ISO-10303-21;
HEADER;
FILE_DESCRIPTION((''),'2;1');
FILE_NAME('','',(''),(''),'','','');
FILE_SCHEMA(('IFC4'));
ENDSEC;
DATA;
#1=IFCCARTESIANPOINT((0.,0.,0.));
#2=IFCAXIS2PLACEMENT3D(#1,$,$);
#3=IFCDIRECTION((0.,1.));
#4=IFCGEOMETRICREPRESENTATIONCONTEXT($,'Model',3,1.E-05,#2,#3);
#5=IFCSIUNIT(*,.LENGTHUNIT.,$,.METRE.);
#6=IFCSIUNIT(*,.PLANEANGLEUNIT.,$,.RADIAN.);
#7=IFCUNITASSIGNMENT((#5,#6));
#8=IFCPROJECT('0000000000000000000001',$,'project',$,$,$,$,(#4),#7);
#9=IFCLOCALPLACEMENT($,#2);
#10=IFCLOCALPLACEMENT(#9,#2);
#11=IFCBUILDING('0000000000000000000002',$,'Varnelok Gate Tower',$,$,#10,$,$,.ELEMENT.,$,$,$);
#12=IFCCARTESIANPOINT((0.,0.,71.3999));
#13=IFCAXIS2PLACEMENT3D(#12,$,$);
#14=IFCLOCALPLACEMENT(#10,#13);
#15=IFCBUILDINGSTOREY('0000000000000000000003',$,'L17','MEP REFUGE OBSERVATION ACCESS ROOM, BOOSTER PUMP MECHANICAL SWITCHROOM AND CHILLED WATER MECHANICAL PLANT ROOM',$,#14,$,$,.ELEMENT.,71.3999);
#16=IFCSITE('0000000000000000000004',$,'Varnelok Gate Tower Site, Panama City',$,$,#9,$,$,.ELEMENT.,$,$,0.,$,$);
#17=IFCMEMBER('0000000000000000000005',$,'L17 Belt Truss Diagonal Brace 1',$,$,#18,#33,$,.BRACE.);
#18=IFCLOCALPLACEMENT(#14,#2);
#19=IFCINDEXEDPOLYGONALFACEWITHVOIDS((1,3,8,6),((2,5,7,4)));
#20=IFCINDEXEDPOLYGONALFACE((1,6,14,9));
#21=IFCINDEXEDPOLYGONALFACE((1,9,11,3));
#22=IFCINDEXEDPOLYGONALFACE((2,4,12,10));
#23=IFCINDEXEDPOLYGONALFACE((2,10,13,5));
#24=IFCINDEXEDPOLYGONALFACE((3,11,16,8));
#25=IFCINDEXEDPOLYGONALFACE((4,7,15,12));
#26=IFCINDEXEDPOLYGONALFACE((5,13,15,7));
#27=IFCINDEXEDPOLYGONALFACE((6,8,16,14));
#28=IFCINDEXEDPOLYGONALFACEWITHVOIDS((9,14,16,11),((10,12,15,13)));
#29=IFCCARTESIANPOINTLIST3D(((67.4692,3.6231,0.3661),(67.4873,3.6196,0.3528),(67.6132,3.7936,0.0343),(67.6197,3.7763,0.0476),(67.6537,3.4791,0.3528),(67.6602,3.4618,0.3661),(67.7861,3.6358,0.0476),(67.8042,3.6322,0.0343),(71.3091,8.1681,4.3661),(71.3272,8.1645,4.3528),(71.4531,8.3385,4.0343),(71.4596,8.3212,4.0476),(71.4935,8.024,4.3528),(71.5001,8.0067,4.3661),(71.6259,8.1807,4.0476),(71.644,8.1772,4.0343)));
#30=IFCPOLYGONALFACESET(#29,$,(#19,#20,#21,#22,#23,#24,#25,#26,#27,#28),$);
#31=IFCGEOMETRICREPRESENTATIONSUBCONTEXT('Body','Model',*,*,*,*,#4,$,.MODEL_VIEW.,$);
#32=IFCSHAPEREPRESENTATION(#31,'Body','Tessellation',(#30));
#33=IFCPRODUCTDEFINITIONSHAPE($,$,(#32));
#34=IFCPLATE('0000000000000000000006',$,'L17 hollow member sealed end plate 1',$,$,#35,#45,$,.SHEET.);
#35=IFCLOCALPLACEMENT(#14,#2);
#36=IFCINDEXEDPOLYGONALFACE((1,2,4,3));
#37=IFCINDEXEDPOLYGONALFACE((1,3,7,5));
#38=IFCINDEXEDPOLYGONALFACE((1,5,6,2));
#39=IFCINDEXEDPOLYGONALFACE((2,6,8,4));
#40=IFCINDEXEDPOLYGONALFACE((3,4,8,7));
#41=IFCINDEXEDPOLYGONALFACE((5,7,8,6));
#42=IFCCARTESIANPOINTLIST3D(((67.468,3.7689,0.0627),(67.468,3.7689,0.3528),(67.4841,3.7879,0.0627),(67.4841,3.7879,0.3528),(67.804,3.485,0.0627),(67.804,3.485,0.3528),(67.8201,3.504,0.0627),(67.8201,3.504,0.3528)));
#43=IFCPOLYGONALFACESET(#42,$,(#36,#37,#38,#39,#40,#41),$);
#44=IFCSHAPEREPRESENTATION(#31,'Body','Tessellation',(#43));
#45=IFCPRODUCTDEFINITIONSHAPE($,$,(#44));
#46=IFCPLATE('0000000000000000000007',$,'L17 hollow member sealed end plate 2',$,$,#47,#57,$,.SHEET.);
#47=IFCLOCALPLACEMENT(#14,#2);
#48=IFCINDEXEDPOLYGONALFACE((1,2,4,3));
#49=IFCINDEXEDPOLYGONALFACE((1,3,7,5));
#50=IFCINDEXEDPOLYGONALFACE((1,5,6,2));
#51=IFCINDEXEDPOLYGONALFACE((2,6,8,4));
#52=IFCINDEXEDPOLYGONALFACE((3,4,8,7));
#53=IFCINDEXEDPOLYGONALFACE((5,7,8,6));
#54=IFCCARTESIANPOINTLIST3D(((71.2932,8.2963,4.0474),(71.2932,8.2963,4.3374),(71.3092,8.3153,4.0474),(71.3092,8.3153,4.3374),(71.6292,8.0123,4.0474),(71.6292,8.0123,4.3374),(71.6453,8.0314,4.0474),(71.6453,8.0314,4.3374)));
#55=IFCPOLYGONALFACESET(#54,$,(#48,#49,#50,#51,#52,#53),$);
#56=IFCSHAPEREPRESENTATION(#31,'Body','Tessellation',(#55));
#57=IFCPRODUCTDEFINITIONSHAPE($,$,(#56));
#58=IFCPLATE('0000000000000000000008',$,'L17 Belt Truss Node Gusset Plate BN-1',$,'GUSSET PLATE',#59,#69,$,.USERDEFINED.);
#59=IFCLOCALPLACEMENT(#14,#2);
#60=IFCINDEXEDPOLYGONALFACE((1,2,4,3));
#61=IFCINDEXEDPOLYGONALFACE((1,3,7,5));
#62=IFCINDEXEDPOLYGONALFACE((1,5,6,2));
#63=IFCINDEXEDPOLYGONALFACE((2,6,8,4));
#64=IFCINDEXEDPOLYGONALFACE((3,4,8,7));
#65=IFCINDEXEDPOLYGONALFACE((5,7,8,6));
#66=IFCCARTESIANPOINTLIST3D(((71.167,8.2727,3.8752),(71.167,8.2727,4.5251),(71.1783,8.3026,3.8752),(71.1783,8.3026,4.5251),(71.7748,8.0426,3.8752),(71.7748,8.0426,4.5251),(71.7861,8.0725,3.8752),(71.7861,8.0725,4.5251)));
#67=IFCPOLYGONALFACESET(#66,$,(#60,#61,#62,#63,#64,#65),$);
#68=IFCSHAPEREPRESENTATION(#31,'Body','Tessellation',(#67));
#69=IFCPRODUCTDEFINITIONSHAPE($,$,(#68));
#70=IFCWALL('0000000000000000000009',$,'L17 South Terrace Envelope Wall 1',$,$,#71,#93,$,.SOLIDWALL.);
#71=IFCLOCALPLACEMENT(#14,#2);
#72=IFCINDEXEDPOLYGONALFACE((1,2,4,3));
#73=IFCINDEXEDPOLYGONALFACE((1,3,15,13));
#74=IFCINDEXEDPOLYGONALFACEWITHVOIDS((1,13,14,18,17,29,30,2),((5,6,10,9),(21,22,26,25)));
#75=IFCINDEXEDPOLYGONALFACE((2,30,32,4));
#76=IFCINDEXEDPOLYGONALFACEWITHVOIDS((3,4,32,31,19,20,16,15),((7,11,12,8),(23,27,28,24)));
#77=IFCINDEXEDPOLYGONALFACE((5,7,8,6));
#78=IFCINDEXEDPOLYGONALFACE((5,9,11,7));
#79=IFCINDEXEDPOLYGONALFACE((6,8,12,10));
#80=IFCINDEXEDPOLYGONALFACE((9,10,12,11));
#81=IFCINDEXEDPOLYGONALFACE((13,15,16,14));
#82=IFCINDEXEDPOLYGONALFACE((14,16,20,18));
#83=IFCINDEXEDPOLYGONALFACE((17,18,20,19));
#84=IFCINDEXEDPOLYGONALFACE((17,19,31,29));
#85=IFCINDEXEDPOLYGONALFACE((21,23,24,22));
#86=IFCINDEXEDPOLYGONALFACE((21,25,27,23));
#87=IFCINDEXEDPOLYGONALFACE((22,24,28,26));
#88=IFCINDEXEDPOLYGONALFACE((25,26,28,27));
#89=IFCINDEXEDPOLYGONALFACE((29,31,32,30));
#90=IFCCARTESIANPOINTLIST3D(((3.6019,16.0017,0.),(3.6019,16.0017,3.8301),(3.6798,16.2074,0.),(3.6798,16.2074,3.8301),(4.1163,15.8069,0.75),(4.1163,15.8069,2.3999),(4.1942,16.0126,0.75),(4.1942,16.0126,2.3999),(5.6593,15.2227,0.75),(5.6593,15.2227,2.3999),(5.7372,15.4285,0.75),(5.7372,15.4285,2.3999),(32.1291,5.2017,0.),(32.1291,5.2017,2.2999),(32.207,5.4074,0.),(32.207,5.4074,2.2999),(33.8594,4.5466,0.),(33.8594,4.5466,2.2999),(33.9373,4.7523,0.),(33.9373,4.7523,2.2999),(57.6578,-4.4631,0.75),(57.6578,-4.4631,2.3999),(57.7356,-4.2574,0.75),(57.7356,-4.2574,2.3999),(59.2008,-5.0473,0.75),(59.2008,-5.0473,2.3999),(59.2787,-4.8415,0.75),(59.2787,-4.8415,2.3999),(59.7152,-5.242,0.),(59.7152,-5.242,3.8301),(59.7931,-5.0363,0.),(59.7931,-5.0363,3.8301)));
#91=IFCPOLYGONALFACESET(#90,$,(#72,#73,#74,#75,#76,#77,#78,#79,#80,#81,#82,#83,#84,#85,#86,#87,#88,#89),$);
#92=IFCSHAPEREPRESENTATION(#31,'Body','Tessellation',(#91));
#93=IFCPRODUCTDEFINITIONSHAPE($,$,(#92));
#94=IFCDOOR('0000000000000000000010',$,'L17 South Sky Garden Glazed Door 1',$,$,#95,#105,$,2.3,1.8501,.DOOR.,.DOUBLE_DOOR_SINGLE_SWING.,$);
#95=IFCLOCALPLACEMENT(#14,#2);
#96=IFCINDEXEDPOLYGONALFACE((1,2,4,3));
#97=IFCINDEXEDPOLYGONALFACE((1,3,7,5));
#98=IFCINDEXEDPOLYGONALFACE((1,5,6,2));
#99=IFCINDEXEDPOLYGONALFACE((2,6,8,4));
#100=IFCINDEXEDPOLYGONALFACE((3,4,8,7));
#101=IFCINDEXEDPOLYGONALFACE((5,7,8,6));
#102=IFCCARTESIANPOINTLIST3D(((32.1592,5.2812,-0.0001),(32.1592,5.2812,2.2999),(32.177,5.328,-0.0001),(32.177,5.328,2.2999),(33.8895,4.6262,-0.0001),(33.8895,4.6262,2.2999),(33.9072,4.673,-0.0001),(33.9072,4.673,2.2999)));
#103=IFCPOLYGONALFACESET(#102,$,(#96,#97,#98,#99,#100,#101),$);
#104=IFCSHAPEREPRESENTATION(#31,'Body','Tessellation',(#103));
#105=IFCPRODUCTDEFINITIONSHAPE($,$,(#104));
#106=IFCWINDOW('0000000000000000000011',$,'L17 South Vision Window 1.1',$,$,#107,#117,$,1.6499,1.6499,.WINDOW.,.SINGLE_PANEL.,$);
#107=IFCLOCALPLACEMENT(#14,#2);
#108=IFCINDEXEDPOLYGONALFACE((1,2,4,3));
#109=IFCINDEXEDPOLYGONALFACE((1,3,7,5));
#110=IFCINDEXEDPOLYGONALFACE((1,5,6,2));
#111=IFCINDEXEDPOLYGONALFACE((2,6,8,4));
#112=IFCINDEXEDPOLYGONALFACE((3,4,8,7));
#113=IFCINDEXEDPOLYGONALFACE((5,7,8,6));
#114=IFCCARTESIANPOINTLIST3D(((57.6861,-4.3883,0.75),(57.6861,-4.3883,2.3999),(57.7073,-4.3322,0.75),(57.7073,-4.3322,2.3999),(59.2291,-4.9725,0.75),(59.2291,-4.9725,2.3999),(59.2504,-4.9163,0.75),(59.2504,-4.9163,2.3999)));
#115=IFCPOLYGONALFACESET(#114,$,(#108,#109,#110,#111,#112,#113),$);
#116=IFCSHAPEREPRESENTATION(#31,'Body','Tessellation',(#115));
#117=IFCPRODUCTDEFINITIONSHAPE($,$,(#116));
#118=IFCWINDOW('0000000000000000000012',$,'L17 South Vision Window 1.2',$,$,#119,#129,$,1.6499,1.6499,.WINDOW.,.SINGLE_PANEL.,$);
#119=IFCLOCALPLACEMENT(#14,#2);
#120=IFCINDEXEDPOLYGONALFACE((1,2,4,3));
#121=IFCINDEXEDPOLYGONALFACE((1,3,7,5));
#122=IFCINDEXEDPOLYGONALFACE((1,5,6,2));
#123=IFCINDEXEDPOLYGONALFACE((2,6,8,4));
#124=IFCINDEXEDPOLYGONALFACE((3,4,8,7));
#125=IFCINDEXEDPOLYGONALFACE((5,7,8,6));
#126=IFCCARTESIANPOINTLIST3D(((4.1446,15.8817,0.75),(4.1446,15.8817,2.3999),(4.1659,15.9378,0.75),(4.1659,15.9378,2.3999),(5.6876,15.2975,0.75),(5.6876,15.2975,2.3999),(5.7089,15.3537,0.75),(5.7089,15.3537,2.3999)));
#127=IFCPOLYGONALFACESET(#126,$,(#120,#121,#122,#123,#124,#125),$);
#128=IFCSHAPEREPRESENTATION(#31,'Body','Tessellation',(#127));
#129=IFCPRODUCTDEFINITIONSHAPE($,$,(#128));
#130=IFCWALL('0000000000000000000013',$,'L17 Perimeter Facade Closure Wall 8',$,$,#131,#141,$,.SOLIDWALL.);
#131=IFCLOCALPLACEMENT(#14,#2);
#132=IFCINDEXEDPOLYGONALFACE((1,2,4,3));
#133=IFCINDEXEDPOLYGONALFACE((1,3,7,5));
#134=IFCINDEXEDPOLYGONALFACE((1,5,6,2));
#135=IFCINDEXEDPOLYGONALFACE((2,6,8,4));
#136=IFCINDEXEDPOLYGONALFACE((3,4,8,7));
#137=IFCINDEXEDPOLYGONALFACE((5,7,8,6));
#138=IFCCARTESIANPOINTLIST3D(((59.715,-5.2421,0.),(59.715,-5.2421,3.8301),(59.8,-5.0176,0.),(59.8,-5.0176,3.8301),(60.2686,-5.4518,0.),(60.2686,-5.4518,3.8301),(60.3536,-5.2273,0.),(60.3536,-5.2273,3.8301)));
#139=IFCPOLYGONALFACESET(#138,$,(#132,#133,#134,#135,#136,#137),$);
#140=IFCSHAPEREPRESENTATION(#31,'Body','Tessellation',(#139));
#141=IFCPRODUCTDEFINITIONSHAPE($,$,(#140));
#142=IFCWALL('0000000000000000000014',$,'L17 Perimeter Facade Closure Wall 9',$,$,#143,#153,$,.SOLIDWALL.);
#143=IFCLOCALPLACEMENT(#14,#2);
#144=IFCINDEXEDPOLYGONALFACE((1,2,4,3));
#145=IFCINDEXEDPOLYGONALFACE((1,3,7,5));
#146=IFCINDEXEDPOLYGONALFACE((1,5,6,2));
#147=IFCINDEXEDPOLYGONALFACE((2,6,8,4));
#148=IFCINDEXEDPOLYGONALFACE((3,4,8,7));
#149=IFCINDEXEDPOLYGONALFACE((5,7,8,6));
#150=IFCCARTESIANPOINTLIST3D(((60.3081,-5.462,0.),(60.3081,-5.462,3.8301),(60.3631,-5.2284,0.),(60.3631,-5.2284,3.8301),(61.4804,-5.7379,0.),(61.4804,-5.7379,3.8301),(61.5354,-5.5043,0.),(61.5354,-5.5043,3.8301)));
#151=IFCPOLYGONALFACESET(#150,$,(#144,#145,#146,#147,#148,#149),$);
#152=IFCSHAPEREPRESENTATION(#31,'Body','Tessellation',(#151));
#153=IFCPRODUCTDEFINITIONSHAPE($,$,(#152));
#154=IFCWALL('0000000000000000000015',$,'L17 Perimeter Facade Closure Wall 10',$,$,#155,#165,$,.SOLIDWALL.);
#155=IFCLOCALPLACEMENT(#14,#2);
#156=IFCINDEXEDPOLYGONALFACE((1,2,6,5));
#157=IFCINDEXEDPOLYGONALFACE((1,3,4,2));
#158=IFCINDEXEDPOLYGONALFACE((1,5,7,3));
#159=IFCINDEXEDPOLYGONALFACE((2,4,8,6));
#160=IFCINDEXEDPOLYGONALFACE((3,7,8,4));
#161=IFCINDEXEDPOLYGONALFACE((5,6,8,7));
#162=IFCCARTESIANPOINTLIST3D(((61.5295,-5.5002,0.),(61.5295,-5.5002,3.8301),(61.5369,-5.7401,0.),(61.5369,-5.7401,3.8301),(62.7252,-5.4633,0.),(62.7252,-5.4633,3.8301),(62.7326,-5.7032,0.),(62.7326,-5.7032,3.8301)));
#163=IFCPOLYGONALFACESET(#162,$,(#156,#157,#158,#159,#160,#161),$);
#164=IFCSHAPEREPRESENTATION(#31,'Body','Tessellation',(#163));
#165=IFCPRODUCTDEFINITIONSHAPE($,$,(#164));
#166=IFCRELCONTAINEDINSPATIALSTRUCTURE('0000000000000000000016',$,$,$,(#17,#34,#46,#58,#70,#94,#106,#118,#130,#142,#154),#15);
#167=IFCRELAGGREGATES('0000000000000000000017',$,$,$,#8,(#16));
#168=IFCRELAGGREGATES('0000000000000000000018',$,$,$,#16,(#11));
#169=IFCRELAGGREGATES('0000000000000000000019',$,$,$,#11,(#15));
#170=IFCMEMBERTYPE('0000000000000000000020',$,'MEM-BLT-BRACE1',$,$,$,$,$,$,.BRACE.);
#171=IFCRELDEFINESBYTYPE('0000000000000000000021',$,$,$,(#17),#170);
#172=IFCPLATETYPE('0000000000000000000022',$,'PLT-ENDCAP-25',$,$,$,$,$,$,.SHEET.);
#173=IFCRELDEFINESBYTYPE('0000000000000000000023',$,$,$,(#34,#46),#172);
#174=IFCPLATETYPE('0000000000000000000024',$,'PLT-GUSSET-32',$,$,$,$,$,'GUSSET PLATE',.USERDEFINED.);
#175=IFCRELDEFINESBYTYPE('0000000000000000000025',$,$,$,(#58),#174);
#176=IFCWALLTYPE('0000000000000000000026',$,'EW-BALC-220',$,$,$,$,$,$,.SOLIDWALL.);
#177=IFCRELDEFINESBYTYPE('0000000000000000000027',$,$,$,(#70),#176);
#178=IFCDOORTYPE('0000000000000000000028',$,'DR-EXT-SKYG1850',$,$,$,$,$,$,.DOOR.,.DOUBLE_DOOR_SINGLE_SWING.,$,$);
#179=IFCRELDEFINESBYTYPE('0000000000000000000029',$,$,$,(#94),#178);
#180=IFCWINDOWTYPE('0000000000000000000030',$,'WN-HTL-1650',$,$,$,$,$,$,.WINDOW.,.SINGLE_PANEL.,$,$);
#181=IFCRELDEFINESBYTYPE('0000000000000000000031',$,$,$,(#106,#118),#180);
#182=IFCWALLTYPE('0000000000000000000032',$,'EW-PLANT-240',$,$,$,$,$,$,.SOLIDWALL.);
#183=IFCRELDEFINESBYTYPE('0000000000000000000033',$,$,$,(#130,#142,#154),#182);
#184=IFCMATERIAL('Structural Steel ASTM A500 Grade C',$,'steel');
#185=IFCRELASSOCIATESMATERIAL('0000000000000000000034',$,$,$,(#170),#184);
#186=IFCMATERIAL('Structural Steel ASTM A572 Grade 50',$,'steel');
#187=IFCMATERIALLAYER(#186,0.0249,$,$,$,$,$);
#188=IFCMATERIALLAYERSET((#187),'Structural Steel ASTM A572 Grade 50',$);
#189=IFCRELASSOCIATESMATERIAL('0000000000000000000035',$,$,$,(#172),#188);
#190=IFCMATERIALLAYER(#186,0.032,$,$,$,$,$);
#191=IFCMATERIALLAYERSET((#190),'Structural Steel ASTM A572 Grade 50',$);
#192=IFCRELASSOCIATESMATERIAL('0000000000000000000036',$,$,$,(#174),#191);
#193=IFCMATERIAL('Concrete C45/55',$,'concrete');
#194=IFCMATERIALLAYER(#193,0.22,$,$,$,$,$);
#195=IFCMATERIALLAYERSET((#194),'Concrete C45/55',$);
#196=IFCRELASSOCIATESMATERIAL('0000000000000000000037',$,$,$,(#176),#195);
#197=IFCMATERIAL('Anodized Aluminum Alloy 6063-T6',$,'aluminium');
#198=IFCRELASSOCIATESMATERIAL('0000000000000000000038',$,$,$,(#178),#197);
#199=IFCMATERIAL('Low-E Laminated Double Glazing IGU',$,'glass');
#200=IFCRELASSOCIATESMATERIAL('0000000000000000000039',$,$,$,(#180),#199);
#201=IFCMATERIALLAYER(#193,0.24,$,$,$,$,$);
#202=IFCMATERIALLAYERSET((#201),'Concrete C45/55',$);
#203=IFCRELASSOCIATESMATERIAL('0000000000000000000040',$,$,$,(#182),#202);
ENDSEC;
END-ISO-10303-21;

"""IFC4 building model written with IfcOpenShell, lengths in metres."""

from ifc_helpers import new_model, si_unit, direction, frame, frame_2d, origin, origin_2d, place, context, subcontext, project, spatial, rectangle, hollow_rectangle, extrude, source, transform, mapped, material, layer, layer_set, material_profile, profile_set, type_object, element, fill, save


model = new_model("IFC4")

# Units and contexts
model_context = context("Model", 3, precision=1e-05, world=origin(), true_north=direction((0.0, 1.0)))
body_context = subcontext(model_context, "Body", "Model", "MODEL_VIEW")
ifc_project = project(units=[si_unit("LENGTHUNIT", "METRE"), si_unit("PLANEANGLEUNIT", "RADIAN")], contexts=[model_context])

# Site, building, storey
site_placement = place(None, origin())
site = spatial("IfcSite", under=ifc_project, at=site_placement, Name="Varnelok Gate Tower Site, Panama City", CompositionType="ELEMENT", RefElevation=0.0)
building_placement = place(site_placement, origin())
building = spatial("IfcBuilding", under=site, at=building_placement, Name="Varnelok Gate Tower", CompositionType="ELEMENT")
storey_placement = place(building_placement, frame((0.0, 0.0, 71.3999)))
storey = spatial("IfcBuildingStorey", under=building, at=storey_placement, Name="L17", Description="MEP REFUGE OBSERVATION ACCESS ROOM, BOOSTER PUMP MECHANICAL SWITCHROOM AND CHILLED WATER MECHANICAL PLANT ROOM", CompositionType="ELEMENT", Elevation=71.3999)

# Shared definitions
ifc_material_1 = material(Name="Structural Steel ASTM A572 Grade 50", Category="steel")

# Member
ifc_material_2 = material(Name="Structural Steel ASTM A500 Grade C", Category="steel")
ifc_material_profile_1 = material_profile(ifc_material_2, hollow_rectangle(XDim=0.25, YDim=0.3999, WallThickness=0.0161, at=origin_2d()), Name="HSS400X250X16")
ifc_profile_set_1 = profile_set([ifc_material_profile_1], Name="Structural Steel ASTM A500 Grade C")
member_type = type_object("IfcMemberType", Name="MEM-BLT-BRACE1", PredefinedType="BRACE", material=ifc_profile_set_1)
member_placement = place(storey_placement, frame((67.6367, 3.6277, 0.2002), z_axis=(0.535586, 0.633931, 0.557924), x_axis=(-0.763872, 0.645368, 0.0)))
element("IfcMember", 1, at=member_placement, inside=storey, type_object=member_type, Name="L17 Belt Truss Diagonal Brace 1", PredefinedType="BRACE", context=body_context, shape_type="SweptSolid", body=[
    extrude(hollow_rectangle(XDim=0.25, YDim=0.3999, WallThickness=0.0161, at=origin_2d()), origin(), (0.0, 0.0, 1.0), 7.1694),
])

# Plates
ifc_layer_1 = layer(ifc_material_1, 0.0249)
ifc_layer_set_1 = layer_set([ifc_layer_1], Name="Structural Steel ASTM A572 Grade 50")
plate_type_1 = type_object("IfcPlateType", Name="PLT-ENDCAP-25", PredefinedType="SHEET", material=ifc_layer_set_1)
shared_shape_1 = source(origin(), body_context, "Body", "SweptSolid", [
    extrude(rectangle(XDim=0.0249, YDim=0.4399, at=origin_2d()), origin(), (0.0, 0.0, 1.0), 0.29),
])
for number, where, z_axis, x_axis, name in (
    (2, (67.644, 3.6365, 0.0627), (0.0, 0.0, 1.0), (0.645378, 0.763864, 0.0), "L17 hollow member sealed end plate 1"),
    (3, (71.4692, 8.1638, 4.0474), (0.0, 0.0, 1.0), (0.645378, 0.763864, 0.0), "L17 hollow member sealed end plate 2"),
):
    element("IfcPlate", number, at=place(storey_placement, frame(where, z_axis=z_axis, x_axis=x_axis)), inside=storey, type_object=plate_type_1, Name=name, PredefinedType="SHEET", context=body_context, shape_type="MappedRepresentation", body=[
        mapped(shared_shape_1, transform((0.0, 0.0, 0.0), scale=1.0)),
    ])
ifc_layer_2 = layer(ifc_material_1, 0.032)
ifc_layer_set_2 = layer_set([ifc_layer_2], Name="Structural Steel ASTM A572 Grade 50")
plate_type_2 = type_object("IfcPlateType", Name="PLT-GUSSET-32", ElementType="GUSSET PLATE", PredefinedType="USERDEFINED", material=ifc_layer_set_2)
shared_shape_2 = source(origin(), body_context, "Body", "SweptSolid", [
    extrude(rectangle(XDim=0.6499, YDim=0.032, at=origin_2d()), origin(), (0.0, 0.0, 1.0), 0.6499),
])
plate_placement = place(storey_placement, frame((71.4766, 8.1726, 3.8752), z_axis=(0.0, 0.0, 1.0), x_axis=(0.935222, -0.354063, 0.0)))
element("IfcPlate", 4, at=plate_placement, inside=storey, type_object=plate_type_2, Name="L17 Belt Truss Node Gusset Plate BN-1", ObjectType="GUSSET PLATE", PredefinedType="USERDEFINED", context=body_context, shape_type="MappedRepresentation", body=[
    mapped(shared_shape_2, transform((0.0, 0.0, 0.0), scale=1.0)),
])

# Wall, openings, door, windows
ifc_material_3 = material(Name="Concrete C45/55", Category="concrete")
ifc_layer_3 = layer(ifc_material_3, 0.22)
ifc_layer_set_3 = layer_set([ifc_layer_3], Name="Concrete C45/55")
wall_type_1 = type_object("IfcWallType", Name="EW-BALC-220", PredefinedType="SOLIDWALL", material=ifc_layer_set_3)
wall_1_placement = place(storey_placement, frame((59.7542, -5.1392, 0.0), z_axis=(0.0, 0.0, 1.0), x_axis=(-0.935222, 0.354061, 0.0)))
wall_1 = element("IfcWall", 5, at=wall_1_placement, inside=storey, type_object=wall_type_1, Name="L17 South Terrace Envelope Wall 1", PredefinedType="SOLIDWALL", context=body_context, shape_type="SweptSolid", body=[
    extrude(rectangle(XDim=60.0, YDim=0.22, at=frame_2d((30.0, 0.0))), origin(), (0.0, 0.0, 1.0), 3.8301),
])
opening_1_placement = place(wall_1_placement, frame((27.6467, 0.0, 0.0)))
opening_1 = element("IfcOpeningElement", 6, at=opening_1_placement, cuts=wall_1, PredefinedType="OPENING", context=body_context, shape_type="SweptSolid", body=[
    extrude(rectangle(XDim=1.8501, YDim=2.3, at=frame_2d((0.925, 1.1499))), frame((0.0, 0.1199, 0.0), z_axis=(0.0, -1.0, 0.0), x_axis=(1.0, 0.0, 0.0)), (0.0, 0.0, 1.0), 0.24),
])
opening_2_placement = place(wall_1_placement, frame((0.55, 0.0, 0.75)))
opening_2 = element("IfcOpeningElement", 7, at=opening_2_placement, cuts=wall_1, PredefinedType="OPENING", context=body_context, shape_type="SweptSolid", body=[
    extrude(rectangle(XDim=1.6499, YDim=1.6499, at=frame_2d((0.825, 0.825))), frame((0.0, 0.1199, 0.0), z_axis=(0.0, -1.0, 0.0), x_axis=(1.0, 0.0, 0.0)), (0.0, 0.0, 1.0), 0.24),
])
opening_3_placement = place(wall_1_placement, frame((57.8, 0.0, 0.75)))
opening_3 = element("IfcOpeningElement", 8, at=opening_3_placement, cuts=wall_1, PredefinedType="OPENING", context=body_context, shape_type="SweptSolid", body=[
    extrude(rectangle(XDim=1.6499, YDim=1.6499, at=frame_2d((0.825, 0.825))), frame((0.0, 0.1199, 0.0), z_axis=(0.0, -1.0, 0.0), x_axis=(1.0, 0.0, 0.0)), (0.0, 0.0, 1.0), 0.24),
])
ifc_material_4 = material(Name="Anodized Aluminum Alloy 6063-T6", Category="aluminium")
door_type = type_object("IfcDoorType", Name="DR-EXT-SKYG1850", OperationType="DOUBLE_DOOR_SINGLE_SWING", PredefinedType="DOOR", material=ifc_material_4)
door_placement = place(opening_1_placement, origin())
door = element("IfcDoor", 9, at=door_placement, inside=storey, type_object=door_type, Name="L17 South Sky Garden Glazed Door 1", OperationType="DOUBLE_DOOR_SINGLE_SWING", OverallHeight=2.3, OverallWidth=1.8501, PredefinedType="DOOR", context=body_context, shape_type="SweptSolid", body=[
    extrude(rectangle(XDim=1.8501, YDim=2.3, at=frame_2d((0.925, 1.1499))), frame((0.0, 0.0249, 0.0), z_axis=(0.0, -1.0, 0.0), x_axis=(1.0, 0.0, 0.0)), (0.0, 0.0, 1.0), 0.05),
])
fill(opening_1, door)
ifc_material_5 = material(Name="Low-E Laminated Double Glazing IGU", Category="glass")
window_type = type_object("IfcWindowType", Name="WN-HTL-1650", PartitioningType="SINGLE_PANEL", PredefinedType="WINDOW", material=ifc_material_5)
window_1_placement = place(opening_2_placement, origin())
window_1 = element("IfcWindow", 10, at=window_1_placement, inside=storey, type_object=window_type, Name="L17 South Vision Window 1.1", OverallHeight=1.6499, OverallWidth=1.6499, PartitioningType="SINGLE_PANEL", PredefinedType="WINDOW", context=body_context, shape_type="SweptSolid", body=[
    extrude(rectangle(XDim=1.6499, YDim=1.6499, at=frame_2d((0.825, 0.825))), frame((0.0, 0.03, 0.0), z_axis=(0.0, -1.0, 0.0), x_axis=(1.0, 0.0, 0.0)), (0.0, 0.0, 1.0), 0.0601),
])
fill(opening_2, window_1)
window_2_placement = place(opening_3_placement, origin())
window_2 = element("IfcWindow", 11, at=window_2_placement, inside=storey, type_object=window_type, Name="L17 South Vision Window 1.2", OverallHeight=1.6499, OverallWidth=1.6499, PartitioningType="SINGLE_PANEL", PredefinedType="WINDOW", context=body_context, shape_type="SweptSolid", body=[
    extrude(rectangle(XDim=1.6499, YDim=1.6499, at=frame_2d((0.825, 0.825))), frame((0.0, 0.03, 0.0), z_axis=(0.0, -1.0, 0.0), x_axis=(1.0, 0.0, 0.0)), (0.0, 0.0, 1.0), 0.0601),
])
fill(opening_3, window_2)

# Walls
ifc_layer_4 = layer(ifc_material_3, 0.24)
ifc_layer_set_4 = layer_set([ifc_layer_4], Name="Concrete C45/55")
wall_type_2 = type_object("IfcWallType", Name="EW-PLANT-240", PredefinedType="SOLIDWALL", material=ifc_layer_set_4)
wall_2_placement = place(storey_placement, frame((59.7576, -5.1299, 0.0), z_axis=(0.0, 0.0, 1.0), x_axis=(0.935172, -0.354194, 0.0)))
element("IfcWall", 12, at=wall_2_placement, inside=storey, type_object=wall_type_2, Name="L17 Perimeter Facade Closure Wall 8", PredefinedType="SOLIDWALL", context=body_context, shape_type="SweptSolid", body=[
    extrude(rectangle(XDim=0.592, YDim=0.24, at=frame_2d((0.2959, 0.0))), origin(), (0.0, 0.0, 1.0), 3.8301),
])
wall_3_placement = place(storey_placement, frame((60.3357, -5.3452, 0.0), z_axis=(0.0, 0.0, 1.0), x_axis=(0.973412, -0.229062, 0.0)))
element("IfcWall", 13, at=wall_3_placement, inside=storey, type_object=wall_type_2, Name="L17 Perimeter Facade Closure Wall 9", PredefinedType="SOLIDWALL", context=body_context, shape_type="SweptSolid", body=[
    extrude(rectangle(XDim=1.2043, YDim=0.24, at=frame_2d((0.6021, 0.0))), origin(), (0.0, 0.0, 1.0), 3.8301),
])
wall_4_placement = place(storey_placement, frame((61.5332, -5.6201, 0.0), z_axis=(0.0, 0.0, 1.0), x_axis=(0.999525, 0.030814, 0.0)))
element("IfcWall", 14, at=wall_4_placement, inside=storey, type_object=wall_type_2, Name="L17 Perimeter Facade Closure Wall 10", PredefinedType="SOLIDWALL", context=body_context, shape_type="SweptSolid", body=[
    extrude(rectangle(XDim=1.1963, YDim=0.24, at=frame_2d((0.5981, 0.0))), origin(), (0.0, 0.0, 1.0), 3.8301),
])

save(model, "model.ifc")
